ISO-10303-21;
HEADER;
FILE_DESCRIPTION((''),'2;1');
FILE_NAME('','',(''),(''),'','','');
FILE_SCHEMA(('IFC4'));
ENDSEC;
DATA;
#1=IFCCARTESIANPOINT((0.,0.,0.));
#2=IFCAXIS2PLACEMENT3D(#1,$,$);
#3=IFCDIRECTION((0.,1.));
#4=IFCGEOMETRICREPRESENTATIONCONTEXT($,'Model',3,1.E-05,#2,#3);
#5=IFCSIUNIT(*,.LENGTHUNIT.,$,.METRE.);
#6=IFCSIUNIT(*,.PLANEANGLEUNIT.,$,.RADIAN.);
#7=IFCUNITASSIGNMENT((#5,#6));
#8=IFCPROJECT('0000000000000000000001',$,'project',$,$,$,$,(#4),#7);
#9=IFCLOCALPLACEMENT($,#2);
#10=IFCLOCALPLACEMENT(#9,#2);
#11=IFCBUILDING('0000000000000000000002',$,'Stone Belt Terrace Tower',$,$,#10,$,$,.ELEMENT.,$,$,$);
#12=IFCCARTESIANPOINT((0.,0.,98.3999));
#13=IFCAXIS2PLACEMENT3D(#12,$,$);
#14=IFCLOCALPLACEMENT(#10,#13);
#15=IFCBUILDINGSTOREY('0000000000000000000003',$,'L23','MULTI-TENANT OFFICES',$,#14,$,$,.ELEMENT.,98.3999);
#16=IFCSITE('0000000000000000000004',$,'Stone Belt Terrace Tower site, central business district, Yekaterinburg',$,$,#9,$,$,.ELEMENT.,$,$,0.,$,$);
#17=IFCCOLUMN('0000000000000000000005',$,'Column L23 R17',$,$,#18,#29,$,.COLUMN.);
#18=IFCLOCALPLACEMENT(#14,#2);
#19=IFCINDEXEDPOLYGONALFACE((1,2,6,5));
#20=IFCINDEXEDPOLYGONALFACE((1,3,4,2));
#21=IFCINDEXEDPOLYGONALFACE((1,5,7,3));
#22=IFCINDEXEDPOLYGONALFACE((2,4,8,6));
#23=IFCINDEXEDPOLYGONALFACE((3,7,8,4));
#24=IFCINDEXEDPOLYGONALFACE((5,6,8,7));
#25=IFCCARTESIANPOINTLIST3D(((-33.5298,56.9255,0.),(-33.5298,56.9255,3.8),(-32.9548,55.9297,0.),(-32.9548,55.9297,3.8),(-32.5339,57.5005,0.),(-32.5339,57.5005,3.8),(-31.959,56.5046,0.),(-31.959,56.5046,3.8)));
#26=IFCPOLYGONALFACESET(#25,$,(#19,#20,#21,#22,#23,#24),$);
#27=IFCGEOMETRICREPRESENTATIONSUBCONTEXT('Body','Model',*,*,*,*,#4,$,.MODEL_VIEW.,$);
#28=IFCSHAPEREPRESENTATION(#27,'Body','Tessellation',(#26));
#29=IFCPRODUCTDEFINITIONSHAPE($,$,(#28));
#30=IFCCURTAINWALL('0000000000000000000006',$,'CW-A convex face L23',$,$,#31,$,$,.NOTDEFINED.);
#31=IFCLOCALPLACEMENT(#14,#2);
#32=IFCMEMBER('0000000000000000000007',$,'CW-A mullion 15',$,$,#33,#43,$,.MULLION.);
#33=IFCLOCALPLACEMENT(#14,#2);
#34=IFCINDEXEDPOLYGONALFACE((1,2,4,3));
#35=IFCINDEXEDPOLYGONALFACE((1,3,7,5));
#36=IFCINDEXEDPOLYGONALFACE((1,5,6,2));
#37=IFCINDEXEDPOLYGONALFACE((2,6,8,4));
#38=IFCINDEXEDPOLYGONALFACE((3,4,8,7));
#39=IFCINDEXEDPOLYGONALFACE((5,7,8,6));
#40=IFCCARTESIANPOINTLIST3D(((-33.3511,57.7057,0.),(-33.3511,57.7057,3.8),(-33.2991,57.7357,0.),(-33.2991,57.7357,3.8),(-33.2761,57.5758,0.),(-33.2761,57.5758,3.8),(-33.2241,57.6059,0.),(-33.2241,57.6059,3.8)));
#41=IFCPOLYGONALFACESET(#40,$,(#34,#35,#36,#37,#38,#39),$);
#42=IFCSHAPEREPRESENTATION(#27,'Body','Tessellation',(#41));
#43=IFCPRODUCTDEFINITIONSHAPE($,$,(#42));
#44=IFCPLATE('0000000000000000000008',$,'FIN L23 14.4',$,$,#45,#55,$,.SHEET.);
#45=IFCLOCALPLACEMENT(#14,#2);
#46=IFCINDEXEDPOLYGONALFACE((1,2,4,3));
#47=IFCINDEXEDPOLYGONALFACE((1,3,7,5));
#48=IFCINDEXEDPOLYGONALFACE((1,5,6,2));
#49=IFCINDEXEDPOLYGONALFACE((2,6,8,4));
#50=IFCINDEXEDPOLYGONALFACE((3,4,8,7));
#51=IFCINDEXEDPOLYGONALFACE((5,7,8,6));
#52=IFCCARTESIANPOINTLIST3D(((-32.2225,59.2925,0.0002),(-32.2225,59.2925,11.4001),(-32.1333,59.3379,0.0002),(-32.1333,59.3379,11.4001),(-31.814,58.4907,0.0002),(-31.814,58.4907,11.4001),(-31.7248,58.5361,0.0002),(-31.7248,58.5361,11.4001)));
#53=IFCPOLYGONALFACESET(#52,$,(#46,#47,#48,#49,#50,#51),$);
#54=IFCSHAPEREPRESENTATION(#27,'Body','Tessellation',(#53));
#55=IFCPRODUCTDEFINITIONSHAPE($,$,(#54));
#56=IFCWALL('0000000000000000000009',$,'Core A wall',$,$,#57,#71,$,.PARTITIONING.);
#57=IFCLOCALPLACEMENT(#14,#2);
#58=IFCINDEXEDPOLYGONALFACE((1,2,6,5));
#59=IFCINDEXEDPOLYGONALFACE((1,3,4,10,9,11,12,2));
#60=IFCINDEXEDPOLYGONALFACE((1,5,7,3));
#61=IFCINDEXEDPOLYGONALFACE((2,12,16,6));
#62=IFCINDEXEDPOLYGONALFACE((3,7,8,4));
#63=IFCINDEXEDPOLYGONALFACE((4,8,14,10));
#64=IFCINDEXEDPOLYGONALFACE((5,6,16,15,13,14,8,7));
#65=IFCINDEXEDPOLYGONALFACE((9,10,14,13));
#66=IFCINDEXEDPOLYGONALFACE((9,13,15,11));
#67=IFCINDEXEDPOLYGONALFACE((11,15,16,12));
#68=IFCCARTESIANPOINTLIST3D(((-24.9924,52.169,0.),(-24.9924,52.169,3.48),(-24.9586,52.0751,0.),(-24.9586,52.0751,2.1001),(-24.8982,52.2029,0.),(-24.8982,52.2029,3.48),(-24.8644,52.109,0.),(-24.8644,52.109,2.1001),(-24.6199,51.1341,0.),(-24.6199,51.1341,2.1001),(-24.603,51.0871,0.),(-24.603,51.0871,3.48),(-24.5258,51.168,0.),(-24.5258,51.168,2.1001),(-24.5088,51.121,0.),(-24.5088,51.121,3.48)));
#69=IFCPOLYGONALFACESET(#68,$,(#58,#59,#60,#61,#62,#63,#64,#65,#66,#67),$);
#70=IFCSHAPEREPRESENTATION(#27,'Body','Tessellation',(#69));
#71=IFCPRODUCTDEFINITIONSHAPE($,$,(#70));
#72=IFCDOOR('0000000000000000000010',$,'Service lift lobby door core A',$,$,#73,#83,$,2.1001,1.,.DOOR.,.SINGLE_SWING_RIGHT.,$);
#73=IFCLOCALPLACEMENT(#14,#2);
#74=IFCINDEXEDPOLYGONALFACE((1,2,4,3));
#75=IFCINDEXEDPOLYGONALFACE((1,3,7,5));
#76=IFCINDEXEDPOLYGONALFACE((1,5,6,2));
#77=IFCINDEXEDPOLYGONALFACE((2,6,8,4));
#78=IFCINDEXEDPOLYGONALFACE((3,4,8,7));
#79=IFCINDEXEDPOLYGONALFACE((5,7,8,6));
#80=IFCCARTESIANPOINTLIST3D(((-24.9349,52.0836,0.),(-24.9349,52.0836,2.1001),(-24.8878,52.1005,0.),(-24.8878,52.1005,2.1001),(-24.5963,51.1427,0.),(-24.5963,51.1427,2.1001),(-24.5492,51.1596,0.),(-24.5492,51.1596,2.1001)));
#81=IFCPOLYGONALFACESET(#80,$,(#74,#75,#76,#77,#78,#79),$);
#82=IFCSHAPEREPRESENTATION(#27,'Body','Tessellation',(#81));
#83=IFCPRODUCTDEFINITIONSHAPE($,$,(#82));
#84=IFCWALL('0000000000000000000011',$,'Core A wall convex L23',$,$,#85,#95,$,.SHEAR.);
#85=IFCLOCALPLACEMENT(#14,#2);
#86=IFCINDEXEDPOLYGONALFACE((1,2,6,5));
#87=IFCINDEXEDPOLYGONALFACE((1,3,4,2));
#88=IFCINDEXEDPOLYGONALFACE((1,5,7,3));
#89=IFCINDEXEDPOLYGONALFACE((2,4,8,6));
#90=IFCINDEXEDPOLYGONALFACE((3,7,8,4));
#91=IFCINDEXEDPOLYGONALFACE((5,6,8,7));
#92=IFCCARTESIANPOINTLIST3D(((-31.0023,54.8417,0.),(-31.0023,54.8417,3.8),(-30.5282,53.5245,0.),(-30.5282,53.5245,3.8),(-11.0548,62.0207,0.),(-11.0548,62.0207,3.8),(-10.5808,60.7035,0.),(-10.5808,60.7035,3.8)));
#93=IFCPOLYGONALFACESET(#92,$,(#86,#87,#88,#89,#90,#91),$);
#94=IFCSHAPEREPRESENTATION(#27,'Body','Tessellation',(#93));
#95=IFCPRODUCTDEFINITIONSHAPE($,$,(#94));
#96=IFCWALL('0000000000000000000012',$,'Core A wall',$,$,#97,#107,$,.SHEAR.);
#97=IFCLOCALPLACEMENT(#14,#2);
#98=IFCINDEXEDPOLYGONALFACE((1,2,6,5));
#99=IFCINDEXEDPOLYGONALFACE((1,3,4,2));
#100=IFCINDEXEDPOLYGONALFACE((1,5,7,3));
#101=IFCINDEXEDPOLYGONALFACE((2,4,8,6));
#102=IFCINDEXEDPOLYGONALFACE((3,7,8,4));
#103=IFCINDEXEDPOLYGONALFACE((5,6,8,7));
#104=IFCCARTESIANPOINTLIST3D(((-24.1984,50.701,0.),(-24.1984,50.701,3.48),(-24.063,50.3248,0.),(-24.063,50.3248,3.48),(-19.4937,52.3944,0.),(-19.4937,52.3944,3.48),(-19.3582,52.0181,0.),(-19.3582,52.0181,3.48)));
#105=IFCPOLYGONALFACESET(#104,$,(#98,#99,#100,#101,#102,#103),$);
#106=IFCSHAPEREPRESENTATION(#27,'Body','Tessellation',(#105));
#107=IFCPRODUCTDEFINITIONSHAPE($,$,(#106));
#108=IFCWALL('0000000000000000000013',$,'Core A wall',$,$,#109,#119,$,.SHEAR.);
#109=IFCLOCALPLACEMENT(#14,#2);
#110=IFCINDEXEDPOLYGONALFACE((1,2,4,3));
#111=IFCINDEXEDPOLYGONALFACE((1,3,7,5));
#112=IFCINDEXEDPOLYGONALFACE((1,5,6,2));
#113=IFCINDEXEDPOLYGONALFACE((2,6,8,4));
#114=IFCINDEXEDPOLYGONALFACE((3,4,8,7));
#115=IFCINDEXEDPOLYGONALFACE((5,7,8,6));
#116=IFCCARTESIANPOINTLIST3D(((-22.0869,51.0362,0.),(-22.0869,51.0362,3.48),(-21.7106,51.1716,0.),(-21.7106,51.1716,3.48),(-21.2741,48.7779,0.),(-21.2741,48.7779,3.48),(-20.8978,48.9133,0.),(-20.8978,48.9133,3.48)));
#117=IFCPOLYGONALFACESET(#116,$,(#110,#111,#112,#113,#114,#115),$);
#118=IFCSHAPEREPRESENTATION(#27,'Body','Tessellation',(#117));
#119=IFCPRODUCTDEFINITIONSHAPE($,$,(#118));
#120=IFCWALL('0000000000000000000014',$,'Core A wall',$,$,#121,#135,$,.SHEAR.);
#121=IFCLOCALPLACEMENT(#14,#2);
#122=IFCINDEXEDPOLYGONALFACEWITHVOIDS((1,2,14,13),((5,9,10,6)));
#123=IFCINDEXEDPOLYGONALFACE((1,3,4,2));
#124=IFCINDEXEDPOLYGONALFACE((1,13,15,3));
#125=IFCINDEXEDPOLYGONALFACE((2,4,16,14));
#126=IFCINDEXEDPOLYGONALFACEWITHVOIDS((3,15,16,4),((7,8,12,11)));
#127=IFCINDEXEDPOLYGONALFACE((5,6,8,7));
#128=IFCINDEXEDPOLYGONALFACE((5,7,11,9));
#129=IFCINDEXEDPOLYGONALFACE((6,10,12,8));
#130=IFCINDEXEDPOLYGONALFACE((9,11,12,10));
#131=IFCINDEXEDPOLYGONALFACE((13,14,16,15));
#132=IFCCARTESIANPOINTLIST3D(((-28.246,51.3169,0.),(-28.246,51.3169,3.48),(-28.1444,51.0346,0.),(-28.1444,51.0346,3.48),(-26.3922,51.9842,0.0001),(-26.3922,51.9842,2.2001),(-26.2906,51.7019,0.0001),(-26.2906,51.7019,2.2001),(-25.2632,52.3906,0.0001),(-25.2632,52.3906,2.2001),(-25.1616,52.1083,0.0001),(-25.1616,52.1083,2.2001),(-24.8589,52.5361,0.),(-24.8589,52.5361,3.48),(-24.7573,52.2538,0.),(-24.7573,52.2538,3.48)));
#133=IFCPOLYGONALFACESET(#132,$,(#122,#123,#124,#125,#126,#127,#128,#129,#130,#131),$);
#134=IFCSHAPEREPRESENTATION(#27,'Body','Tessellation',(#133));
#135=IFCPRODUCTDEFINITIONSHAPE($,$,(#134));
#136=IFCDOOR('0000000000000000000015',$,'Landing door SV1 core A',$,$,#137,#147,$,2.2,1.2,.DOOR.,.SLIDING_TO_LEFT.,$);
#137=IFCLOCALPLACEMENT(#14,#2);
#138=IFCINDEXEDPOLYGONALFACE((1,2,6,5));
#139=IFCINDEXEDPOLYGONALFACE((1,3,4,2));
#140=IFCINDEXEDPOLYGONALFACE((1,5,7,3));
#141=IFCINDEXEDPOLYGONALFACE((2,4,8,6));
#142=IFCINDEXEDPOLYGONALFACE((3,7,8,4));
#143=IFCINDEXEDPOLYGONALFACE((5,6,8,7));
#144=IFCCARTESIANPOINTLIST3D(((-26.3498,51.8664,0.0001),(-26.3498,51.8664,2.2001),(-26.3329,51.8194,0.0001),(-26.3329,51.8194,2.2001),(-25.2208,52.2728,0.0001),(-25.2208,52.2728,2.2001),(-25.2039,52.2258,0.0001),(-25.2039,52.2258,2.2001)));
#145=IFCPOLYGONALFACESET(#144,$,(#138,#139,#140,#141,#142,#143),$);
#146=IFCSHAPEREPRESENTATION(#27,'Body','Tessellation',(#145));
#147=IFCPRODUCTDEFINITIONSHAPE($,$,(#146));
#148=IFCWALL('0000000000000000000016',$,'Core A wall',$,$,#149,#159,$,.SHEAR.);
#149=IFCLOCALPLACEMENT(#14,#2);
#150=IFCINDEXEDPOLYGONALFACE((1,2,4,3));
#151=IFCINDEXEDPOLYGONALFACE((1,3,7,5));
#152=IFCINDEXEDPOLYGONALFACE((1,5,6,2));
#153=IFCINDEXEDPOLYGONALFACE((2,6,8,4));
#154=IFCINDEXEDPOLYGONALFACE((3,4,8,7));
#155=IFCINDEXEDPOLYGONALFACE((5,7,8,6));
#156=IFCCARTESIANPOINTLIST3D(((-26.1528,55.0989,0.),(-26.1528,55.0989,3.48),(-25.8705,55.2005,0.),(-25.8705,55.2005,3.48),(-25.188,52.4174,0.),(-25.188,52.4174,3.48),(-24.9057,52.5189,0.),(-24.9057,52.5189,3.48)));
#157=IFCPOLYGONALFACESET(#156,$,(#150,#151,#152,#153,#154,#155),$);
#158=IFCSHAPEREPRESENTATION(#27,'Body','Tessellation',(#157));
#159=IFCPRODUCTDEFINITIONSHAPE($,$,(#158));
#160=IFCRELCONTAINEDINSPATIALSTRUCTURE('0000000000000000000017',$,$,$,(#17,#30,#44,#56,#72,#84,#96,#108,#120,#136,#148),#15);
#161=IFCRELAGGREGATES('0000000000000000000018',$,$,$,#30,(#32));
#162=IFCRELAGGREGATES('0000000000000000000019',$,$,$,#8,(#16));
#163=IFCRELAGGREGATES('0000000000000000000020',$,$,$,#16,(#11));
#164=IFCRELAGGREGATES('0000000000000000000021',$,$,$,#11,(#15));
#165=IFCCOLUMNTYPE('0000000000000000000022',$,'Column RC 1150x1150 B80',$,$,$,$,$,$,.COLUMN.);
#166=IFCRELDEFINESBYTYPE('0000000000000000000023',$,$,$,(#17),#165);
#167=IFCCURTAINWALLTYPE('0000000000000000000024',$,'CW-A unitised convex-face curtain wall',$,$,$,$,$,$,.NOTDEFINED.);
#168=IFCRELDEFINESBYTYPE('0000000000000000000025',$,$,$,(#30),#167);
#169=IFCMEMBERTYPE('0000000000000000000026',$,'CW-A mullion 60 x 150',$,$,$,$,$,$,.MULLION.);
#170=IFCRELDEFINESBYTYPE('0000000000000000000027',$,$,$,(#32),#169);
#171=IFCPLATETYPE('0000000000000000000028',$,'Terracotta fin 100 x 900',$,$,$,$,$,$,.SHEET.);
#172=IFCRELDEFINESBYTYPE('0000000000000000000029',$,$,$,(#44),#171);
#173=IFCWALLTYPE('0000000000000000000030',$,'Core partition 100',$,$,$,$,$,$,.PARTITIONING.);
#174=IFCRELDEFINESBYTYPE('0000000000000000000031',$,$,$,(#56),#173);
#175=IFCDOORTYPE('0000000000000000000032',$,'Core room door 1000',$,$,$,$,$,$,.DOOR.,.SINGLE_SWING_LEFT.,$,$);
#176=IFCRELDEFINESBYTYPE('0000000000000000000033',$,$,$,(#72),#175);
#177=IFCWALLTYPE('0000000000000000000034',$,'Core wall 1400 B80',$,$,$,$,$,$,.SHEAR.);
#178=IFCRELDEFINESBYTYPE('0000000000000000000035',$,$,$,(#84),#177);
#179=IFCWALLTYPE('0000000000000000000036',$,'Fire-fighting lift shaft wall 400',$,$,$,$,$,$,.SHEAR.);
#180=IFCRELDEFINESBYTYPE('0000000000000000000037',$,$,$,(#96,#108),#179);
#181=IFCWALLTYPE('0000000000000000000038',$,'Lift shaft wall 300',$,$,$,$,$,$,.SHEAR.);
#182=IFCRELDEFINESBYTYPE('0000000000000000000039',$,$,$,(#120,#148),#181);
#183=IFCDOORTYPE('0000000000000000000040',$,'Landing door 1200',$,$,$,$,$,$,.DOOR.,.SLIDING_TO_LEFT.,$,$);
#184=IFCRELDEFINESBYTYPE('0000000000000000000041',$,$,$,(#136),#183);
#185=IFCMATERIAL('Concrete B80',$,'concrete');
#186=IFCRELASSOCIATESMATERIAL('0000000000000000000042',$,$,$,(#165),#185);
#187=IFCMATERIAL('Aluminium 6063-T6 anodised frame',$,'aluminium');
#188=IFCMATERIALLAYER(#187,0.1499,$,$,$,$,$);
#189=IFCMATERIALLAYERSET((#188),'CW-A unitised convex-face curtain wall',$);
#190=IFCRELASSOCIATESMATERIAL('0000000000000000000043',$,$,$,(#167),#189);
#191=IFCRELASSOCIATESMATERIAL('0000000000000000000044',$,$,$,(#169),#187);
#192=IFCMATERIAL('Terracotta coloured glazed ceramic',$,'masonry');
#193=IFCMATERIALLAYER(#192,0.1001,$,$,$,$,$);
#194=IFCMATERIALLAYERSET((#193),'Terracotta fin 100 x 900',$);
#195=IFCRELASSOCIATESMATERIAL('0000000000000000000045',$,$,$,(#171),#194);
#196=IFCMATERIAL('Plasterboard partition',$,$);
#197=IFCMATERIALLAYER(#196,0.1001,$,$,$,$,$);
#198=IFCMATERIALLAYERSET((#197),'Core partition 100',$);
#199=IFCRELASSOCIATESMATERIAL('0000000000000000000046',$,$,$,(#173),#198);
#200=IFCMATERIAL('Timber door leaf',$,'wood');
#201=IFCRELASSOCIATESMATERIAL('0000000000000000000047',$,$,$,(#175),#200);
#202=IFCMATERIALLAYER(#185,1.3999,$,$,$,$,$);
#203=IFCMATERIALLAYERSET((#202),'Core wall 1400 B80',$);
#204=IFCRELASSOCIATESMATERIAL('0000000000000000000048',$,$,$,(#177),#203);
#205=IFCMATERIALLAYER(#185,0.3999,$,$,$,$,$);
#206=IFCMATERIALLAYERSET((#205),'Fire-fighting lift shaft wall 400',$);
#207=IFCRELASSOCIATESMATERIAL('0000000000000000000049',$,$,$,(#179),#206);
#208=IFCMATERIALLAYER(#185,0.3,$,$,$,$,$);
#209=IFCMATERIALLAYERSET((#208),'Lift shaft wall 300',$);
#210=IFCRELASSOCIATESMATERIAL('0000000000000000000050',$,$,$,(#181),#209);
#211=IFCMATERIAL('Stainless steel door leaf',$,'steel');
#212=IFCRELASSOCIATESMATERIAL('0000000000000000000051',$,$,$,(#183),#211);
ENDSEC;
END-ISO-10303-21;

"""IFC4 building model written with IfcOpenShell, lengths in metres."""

from ifc_helpers import new_model, si_unit, direction, frame, frame_2d, origin, origin_2d, place, context, subcontext, project, spatial, rectangle, extrude, material, layer, layer_set, material_profile, profile_set, type_object, element, fill, aggregate, save


model = new_model("IFC4")

# Units and contexts
model_context = context("Model", 3, precision=1e-05, world=origin(), true_north=direction((0.0, 1.0)))
body_context = subcontext(model_context, "Body", "Model", "MODEL_VIEW")
ifc_project = project(units=[si_unit("LENGTHUNIT", "METRE"), si_unit("PLANEANGLEUNIT", "RADIAN")], contexts=[model_context])

# Site, building, storey
site_placement = place(None, origin())
site = spatial("IfcSite", under=ifc_project, at=site_placement, Name="Stone Belt Terrace Tower site, central business district, Yekaterinburg", CompositionType="ELEMENT", RefElevation=0.0)
building_placement = place(site_placement, origin())
building = spatial("IfcBuilding", under=site, at=building_placement, Name="Stone Belt Terrace Tower", CompositionType="ELEMENT")
storey_placement = place(building_placement, frame((0.0, 0.0, 98.3999)))
storey = spatial("IfcBuildingStorey", under=building, at=storey_placement, Name="L23", Description="MULTI-TENANT OFFICES", CompositionType="ELEMENT", Elevation=98.3999)

# Column
ifc_material_1 = material(Name="Concrete B80", Category="concrete")
ifc_material_profile_1 = material_profile(ifc_material_1, rectangle(XDim=1.1499, YDim=1.1499, at=origin_2d()), Name="RC 1150x1150")
ifc_profile_set_1 = profile_set([ifc_material_profile_1], Name="Concrete B80")
column_type = type_object("IfcColumnType", Name="Column RC 1150x1150 B80", PredefinedType="COLUMN", material=ifc_profile_set_1)
column_placement = place(storey_placement, frame((-32.7444, 56.7151, 0.0), z_axis=(0.0, 0.0, 1.0), x_axis=(0.866025, 0.5, 0.0)))
element("IfcColumn", 1, at=column_placement, inside=storey, type_object=column_type, Name="Column L23 R17", PredefinedType="COLUMN", context=body_context, shape_type="SweptSolid", body=[
    extrude(rectangle(XDim=1.1499, YDim=1.1499, at=origin_2d()), origin(), (0.0, 0.0, 1.0), 3.8),
])

# Curtain wall, member
ifc_material_2 = material(Name="Aluminium 6063-T6 anodised frame", Category="aluminium")
ifc_layer_1 = layer(ifc_material_2, 0.1499)
ifc_layer_set_1 = layer_set([ifc_layer_1], Name="CW-A unitised convex-face curtain wall")
curtain_wall_type = type_object("IfcCurtainWallType", Name="CW-A unitised convex-face curtain wall", PredefinedType="NOTDEFINED", material=ifc_layer_set_1)
curtain_wall_placement = place(storey_placement, origin())
curtain_wall = element("IfcCurtainWall", 2, at=curtain_wall_placement, inside=storey, type_object=curtain_wall_type, Name="CW-A convex face L23", PredefinedType="NOTDEFINED")
ifc_material_profile_2 = material_profile(ifc_material_2, rectangle(XDim=0.1499, YDim=0.0601, at=origin_2d()), Name="Aluminium 6063-T6 60x150")
ifc_profile_set_2 = profile_set([ifc_material_profile_2], Name="Aluminium 6063-T6 anodised frame")
member_type = type_object("IfcMemberType", Name="CW-A mullion 60 x 150", PredefinedType="MULLION", material=ifc_profile_set_2)
member_placement = place(storey_placement, frame((-33.2876, 57.6558, 0.0), z_axis=(0.0, 0.0, 1.0), x_axis=(0.5, -0.866025, 0.0)))
member = element("IfcMember", 3, at=member_placement, type_object=member_type, Name="CW-A mullion 15", PredefinedType="MULLION", context=body_context, shape_type="SweptSolid", body=[
    extrude(rectangle(XDim=0.1499, YDim=0.0601, at=origin_2d()), origin(), (0.0, 0.0, 1.0), 3.8),
])
aggregate(curtain_wall, [member])

# Plate
ifc_material_3 = material(Name="Terracotta coloured glazed ceramic", Category="masonry")
ifc_layer_2 = layer(ifc_material_3, 0.1001)
ifc_layer_set_2 = layer_set([ifc_layer_2], Name="Terracotta fin 100 x 900")
plate_type = type_object("IfcPlateType", Name="Terracotta fin 100 x 900", PredefinedType="SHEET", material=ifc_layer_set_2)
plate_placement = place(storey_placement, frame((-31.9736, 58.9143, 0.0002), z_axis=(0.0, 0.0, 1.0), x_axis=(-0.45399, 0.891007, 0.0)))
element("IfcPlate", 4, at=plate_placement, inside=storey, type_object=plate_type, Name="FIN L23 14.4", PredefinedType="SHEET", context=body_context, shape_type="SweptSolid", body=[
    extrude(rectangle(XDim=0.8999, YDim=0.1001, at=origin_2d()), origin(), (0.0, 0.0, 1.0), 11.3999),
])

# Wall, opening, door
ifc_material_4 = material(Name="Plasterboard partition")
ifc_layer_3 = layer(ifc_material_4, 0.1001)
ifc_layer_set_3 = layer_set([ifc_layer_3], Name="Core partition 100")
wall_type_1 = type_object("IfcWallType", Name="Core partition 100", PredefinedType="PARTITIONING", material=ifc_layer_set_3)
wall_1_placement = place(storey_placement, frame((-24.5559, 51.104, 0.0), z_axis=(0.0, 0.0, 1.0), x_axis=(-0.338622, 0.940923, 0.0)))
wall_1 = element("IfcWall", 5, at=wall_1_placement, inside=storey, type_object=wall_type_1, Name="Core A wall", PredefinedType="PARTITIONING", context=body_context, shape_type="SweptSolid", body=[
    extrude(rectangle(XDim=1.1499, YDim=0.1001, at=frame_2d((0.575, 0.0))), origin(), (0.0, 0.0, 1.0), 3.48),
])
opening_1_placement = place(wall_1_placement, frame((0.05, 0.0, 0.0)))
opening_1 = element("IfcOpeningElement", 6, at=opening_1_placement, cuts=wall_1, PredefinedType="OPENING", context=body_context, shape_type="SweptSolid", body=[
    extrude(rectangle(XDim=1.0, YDim=2.1001, at=frame_2d((0.5, 1.05))), frame((0.0, 0.0601, 0.0), z_axis=(0.0, -1.0, 0.0), x_axis=(1.0, 0.0, 0.0)), (0.0, 0.0, 1.0), 0.1201),
])
ifc_material_5 = material(Name="Timber door leaf", Category="wood")
door_type_1 = type_object("IfcDoorType", Name="Core room door 1000", OperationType="SINGLE_SWING_LEFT", PredefinedType="DOOR", material=ifc_material_5)
door_1_placement = place(opening_1_placement, origin())
door_1 = element("IfcDoor", 7, at=door_1_placement, inside=storey, type_object=door_type_1, Name="Service lift lobby door core A", OperationType="SINGLE_SWING_RIGHT", OverallHeight=2.1001, OverallWidth=1.0, PredefinedType="DOOR", context=body_context, shape_type="SweptSolid", body=[
    extrude(rectangle(XDim=1.0, YDim=2.1001, at=frame_2d((0.5, 1.05))), frame((0.0, 0.0249, 0.0), z_axis=(0.0, -1.0, 0.0), x_axis=(1.0, 0.0, 0.0)), (0.0, 0.0, 1.0), 0.05),
])
fill(opening_1, door_1)

# Walls
ifc_layer_4 = layer(ifc_material_1, 1.3999)
ifc_layer_set_4 = layer_set([ifc_layer_4], Name="Core wall 1400 B80")
wall_type_2 = type_object("IfcWallType", Name="Core wall 1400 B80", PredefinedType="SHEAR", material=ifc_layer_set_4)
wall_2_placement = place(storey_placement, frame((-30.7654, 54.1831, 0.0), z_axis=(0.0, 0.0, 1.0), x_axis=(0.94092, 0.33863, 0.0)))
element("IfcWall", 8, at=wall_2_placement, inside=storey, type_object=wall_type_2, Name="Core A wall convex L23", PredefinedType="SHEAR", context=body_context, shape_type="SweptSolid", body=[
    extrude(rectangle(XDim=21.2, YDim=1.3999, at=frame_2d((10.6001, 0.0))), origin(), (0.0, 0.0, 1.0), 3.8),
])
ifc_layer_5 = layer(ifc_material_1, 0.3999)
ifc_layer_set_5 = layer_set([ifc_layer_5], Name="Fire-fighting lift shaft wall 400")
wall_type_3 = type_object("IfcWallType", Name="Fire-fighting lift shaft wall 400", PredefinedType="SHEAR", material=ifc_layer_set_5)
wall_3_placement = place(storey_placement, frame((-24.1306, 50.5129, 0.0), z_axis=(0.0, 0.0, 1.0), x_axis=(0.940912, 0.338652, 0.0)))
element("IfcWall", 9, at=wall_3_placement, inside=storey, type_object=wall_type_3, Name="Core A wall", PredefinedType="SHEAR", context=body_context, shape_type="SweptSolid", body=[
    extrude(rectangle(XDim=5.0002, YDim=0.3999, at=frame_2d((2.5, 0.0))), origin(), (0.0, 0.0, 1.0), 3.48),
])
wall_4_placement = place(storey_placement, frame((-21.0859, 48.8455, 0.0), z_axis=(0.0, 0.0, 1.0), x_axis=(-0.338629, 0.94092, 0.0)))
element("IfcWall", 10, at=wall_4_placement, inside=storey, type_object=wall_type_3, Name="Core A wall", PredefinedType="SHEAR", context=body_context, shape_type="SweptSolid", body=[
    extrude(rectangle(XDim=2.4001, YDim=0.3999, at=frame_2d((1.2002, 0.0))), origin(), (0.0, 0.0, 1.0), 3.48),
])

# Wall, opening, door
ifc_layer_6 = layer(ifc_material_1, 0.3)
ifc_layer_set_6 = layer_set([ifc_layer_6], Name="Lift shaft wall 300")
wall_type_4 = type_object("IfcWallType", Name="Lift shaft wall 300", PredefinedType="SHEAR", material=ifc_layer_set_6)
wall_5_placement = place(storey_placement, frame((-28.1951, 51.1758, 0.0), z_axis=(0.0, 0.0, 1.0), x_axis=(0.940901, 0.338681, 0.0)))
wall_5 = element("IfcWall", 11, at=wall_5_placement, inside=storey, type_object=wall_type_4, Name="Core A wall", PredefinedType="SHEAR", context=body_context, shape_type="SweptSolid", body=[
    extrude(rectangle(XDim=3.5999, YDim=0.3, at=frame_2d((1.7998, 0.0))), origin(), (0.0, 0.0, 1.0), 3.48),
])
opening_2_placement = place(wall_5_placement, frame((1.97, 0.0, 0.0)))
opening_2 = element("IfcOpeningElement", 12, at=opening_2_placement, cuts=wall_5, PredefinedType="OPENING", context=body_context, shape_type="SweptSolid", body=[
    extrude(rectangle(XDim=1.2, YDim=2.2, at=frame_2d((0.6001, 1.1001))), frame((0.0, 0.1599, 0.0), z_axis=(0.0, -1.0, 0.0), x_axis=(1.0, 0.0, 0.0)), (0.0, 0.0, 1.0), 0.3201),
])
ifc_material_6 = material(Name="Stainless steel door leaf", Category="steel")
door_type_2 = type_object("IfcDoorType", Name="Landing door 1200", OperationType="SLIDING_TO_LEFT", PredefinedType="DOOR", material=ifc_material_6)
door_2_placement = place(opening_2_placement, origin())
door_2 = element("IfcDoor", 13, at=door_2_placement, inside=storey, type_object=door_type_2, Name="Landing door SV1 core A", OperationType="SLIDING_TO_LEFT", OverallHeight=2.2, OverallWidth=1.2, PredefinedType="DOOR", context=body_context, shape_type="SweptSolid", body=[
    extrude(rectangle(XDim=1.2, YDim=2.2, at=frame_2d((0.6001, 1.1001))), frame((0.0, 0.0249, 0.0), z_axis=(0.0, -1.0, 0.0), x_axis=(1.0, 0.0, 0.0)), (0.0, 0.0, 1.0), 0.05),
])
fill(opening_2, door_2)

# Wall
wall_6_placement = place(storey_placement, frame((-25.0469, 52.4683, 0.0), z_axis=(0.0, 0.0, 1.0), x_axis=(-0.33855, 0.940949, 0.0)))
element("IfcWall", 14, at=wall_6_placement, inside=storey, type_object=wall_type_4, Name="Core A wall", PredefinedType="SHEAR", context=body_context, shape_type="SweptSolid", body=[
    extrude(rectangle(XDim=2.8499, YDim=0.3, at=frame_2d((1.4248, 0.0))), origin(), (0.0, 0.0, 1.0), 3.48),
])

save(model, "model.ifc")
